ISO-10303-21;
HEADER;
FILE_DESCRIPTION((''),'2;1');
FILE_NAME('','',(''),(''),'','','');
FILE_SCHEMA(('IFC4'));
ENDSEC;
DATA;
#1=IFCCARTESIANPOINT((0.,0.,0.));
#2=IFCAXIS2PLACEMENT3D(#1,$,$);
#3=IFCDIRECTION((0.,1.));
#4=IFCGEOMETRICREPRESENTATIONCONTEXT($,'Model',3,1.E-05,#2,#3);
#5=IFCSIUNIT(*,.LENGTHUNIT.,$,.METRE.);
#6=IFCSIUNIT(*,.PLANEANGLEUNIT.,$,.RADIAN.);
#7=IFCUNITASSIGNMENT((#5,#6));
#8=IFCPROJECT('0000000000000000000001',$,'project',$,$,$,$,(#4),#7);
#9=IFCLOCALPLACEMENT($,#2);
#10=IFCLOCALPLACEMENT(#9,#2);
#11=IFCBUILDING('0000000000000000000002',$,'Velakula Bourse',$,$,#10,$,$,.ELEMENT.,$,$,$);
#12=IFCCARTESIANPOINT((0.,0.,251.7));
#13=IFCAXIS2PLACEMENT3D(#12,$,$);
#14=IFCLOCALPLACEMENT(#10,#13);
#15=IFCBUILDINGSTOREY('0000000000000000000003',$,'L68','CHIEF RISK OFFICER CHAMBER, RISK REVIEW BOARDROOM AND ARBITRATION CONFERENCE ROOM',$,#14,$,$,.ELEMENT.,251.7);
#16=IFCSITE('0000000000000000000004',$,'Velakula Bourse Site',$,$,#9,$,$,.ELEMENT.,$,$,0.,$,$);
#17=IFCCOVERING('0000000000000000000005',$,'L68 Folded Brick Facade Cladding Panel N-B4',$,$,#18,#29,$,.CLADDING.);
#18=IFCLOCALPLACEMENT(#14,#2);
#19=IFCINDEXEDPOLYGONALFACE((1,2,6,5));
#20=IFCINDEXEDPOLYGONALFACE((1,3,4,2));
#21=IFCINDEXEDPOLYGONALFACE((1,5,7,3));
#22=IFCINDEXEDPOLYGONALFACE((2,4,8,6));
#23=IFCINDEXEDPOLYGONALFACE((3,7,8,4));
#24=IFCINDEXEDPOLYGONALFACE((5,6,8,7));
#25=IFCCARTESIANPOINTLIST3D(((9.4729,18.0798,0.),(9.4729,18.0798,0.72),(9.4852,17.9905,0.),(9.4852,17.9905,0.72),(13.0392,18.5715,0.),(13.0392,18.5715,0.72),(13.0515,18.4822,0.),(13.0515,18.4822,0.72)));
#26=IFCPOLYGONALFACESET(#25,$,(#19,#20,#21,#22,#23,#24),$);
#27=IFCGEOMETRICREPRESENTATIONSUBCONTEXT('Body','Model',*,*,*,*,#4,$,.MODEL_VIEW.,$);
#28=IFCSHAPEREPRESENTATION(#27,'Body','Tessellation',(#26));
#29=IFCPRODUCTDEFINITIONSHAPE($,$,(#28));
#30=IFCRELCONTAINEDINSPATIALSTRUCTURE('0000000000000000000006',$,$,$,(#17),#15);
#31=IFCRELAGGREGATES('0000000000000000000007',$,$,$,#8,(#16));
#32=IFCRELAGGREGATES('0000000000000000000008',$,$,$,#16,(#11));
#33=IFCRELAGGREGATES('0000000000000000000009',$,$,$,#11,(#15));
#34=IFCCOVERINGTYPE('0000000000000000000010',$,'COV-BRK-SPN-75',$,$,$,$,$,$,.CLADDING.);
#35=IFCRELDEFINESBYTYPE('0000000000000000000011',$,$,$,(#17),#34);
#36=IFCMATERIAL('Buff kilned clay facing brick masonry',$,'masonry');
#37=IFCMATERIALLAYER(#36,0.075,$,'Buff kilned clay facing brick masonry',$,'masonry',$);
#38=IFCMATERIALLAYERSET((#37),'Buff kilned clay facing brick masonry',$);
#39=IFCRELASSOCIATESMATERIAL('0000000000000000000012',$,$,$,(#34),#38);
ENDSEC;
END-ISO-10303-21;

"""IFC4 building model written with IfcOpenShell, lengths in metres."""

from ifc_helpers import new_model, si_unit, direction, frame, origin, origin_2d, place, context, subcontext, project, spatial, rectangle, extrude, material, layer, layer_set, type_object, element, save


model = new_model("IFC4")

# Units and contexts
model_context = context("Model", 3, precision=1e-05, world=origin(), true_north=direction((0.0, 1.0)))
body_context = subcontext(model_context, "Body", "Model", "MODEL_VIEW")
ifc_project = project(units=[si_unit("LENGTHUNIT", "METRE"), si_unit("PLANEANGLEUNIT", "RADIAN")], contexts=[model_context])

# Site, building, storey
site_placement = place(None, origin())
site = spatial("IfcSite", under=ifc_project, at=site_placement, Name="Velakula Bourse Site", CompositionType="ELEMENT", RefElevation=0.0)
building_placement = place(site_placement, origin())
building = spatial("IfcBuilding", under=site, at=building_placement, Name="Velakula Bourse", CompositionType="ELEMENT")
storey_placement = place(building_placement, frame((0.0, 0.0, 251.7)))
storey = spatial("IfcBuildingStorey", under=building, at=storey_placement, Name="L68", Description="CHIEF RISK OFFICER CHAMBER, RISK REVIEW BOARDROOM AND ARBITRATION CONFERENCE ROOM", CompositionType="ELEMENT", Elevation=251.7)

# Shared definitions
ifc_material_1 = material(Name="Buff kilned clay facing brick masonry", Category="masonry")

# Covering
ifc_layer_1 = layer(ifc_material_1, 0.075, Name="Buff kilned clay facing brick masonry", Category="masonry")
ifc_layer_set_1 = layer_set([ifc_layer_1], Name="Buff kilned clay facing brick masonry")
covering_type = type_object("IfcCoveringType", Name="COV-BRK-SPN-75", PredefinedType="CLADDING", material=ifc_layer_set_1)
covering_placement = place(storey_placement, frame((11.2622, 18.281, 0.0), z_axis=(0.0, 0.0, 1.0), x_axis=(0.990629, 0.13658, 0.0)))
element("IfcCovering", 1, at=covering_placement, inside=storey, type_object=covering_type, Name="L68 Folded Brick Facade Cladding Panel N-B4", PredefinedType="CLADDING", context=body_context, shape_type="SweptSolid", body=[
    extrude(rectangle(XDim=3.6001, YDim=0.0901, at=origin_2d()), origin(), (0.0, 0.0, 1.0), 0.72),
])

save(model, "model.ifc")
